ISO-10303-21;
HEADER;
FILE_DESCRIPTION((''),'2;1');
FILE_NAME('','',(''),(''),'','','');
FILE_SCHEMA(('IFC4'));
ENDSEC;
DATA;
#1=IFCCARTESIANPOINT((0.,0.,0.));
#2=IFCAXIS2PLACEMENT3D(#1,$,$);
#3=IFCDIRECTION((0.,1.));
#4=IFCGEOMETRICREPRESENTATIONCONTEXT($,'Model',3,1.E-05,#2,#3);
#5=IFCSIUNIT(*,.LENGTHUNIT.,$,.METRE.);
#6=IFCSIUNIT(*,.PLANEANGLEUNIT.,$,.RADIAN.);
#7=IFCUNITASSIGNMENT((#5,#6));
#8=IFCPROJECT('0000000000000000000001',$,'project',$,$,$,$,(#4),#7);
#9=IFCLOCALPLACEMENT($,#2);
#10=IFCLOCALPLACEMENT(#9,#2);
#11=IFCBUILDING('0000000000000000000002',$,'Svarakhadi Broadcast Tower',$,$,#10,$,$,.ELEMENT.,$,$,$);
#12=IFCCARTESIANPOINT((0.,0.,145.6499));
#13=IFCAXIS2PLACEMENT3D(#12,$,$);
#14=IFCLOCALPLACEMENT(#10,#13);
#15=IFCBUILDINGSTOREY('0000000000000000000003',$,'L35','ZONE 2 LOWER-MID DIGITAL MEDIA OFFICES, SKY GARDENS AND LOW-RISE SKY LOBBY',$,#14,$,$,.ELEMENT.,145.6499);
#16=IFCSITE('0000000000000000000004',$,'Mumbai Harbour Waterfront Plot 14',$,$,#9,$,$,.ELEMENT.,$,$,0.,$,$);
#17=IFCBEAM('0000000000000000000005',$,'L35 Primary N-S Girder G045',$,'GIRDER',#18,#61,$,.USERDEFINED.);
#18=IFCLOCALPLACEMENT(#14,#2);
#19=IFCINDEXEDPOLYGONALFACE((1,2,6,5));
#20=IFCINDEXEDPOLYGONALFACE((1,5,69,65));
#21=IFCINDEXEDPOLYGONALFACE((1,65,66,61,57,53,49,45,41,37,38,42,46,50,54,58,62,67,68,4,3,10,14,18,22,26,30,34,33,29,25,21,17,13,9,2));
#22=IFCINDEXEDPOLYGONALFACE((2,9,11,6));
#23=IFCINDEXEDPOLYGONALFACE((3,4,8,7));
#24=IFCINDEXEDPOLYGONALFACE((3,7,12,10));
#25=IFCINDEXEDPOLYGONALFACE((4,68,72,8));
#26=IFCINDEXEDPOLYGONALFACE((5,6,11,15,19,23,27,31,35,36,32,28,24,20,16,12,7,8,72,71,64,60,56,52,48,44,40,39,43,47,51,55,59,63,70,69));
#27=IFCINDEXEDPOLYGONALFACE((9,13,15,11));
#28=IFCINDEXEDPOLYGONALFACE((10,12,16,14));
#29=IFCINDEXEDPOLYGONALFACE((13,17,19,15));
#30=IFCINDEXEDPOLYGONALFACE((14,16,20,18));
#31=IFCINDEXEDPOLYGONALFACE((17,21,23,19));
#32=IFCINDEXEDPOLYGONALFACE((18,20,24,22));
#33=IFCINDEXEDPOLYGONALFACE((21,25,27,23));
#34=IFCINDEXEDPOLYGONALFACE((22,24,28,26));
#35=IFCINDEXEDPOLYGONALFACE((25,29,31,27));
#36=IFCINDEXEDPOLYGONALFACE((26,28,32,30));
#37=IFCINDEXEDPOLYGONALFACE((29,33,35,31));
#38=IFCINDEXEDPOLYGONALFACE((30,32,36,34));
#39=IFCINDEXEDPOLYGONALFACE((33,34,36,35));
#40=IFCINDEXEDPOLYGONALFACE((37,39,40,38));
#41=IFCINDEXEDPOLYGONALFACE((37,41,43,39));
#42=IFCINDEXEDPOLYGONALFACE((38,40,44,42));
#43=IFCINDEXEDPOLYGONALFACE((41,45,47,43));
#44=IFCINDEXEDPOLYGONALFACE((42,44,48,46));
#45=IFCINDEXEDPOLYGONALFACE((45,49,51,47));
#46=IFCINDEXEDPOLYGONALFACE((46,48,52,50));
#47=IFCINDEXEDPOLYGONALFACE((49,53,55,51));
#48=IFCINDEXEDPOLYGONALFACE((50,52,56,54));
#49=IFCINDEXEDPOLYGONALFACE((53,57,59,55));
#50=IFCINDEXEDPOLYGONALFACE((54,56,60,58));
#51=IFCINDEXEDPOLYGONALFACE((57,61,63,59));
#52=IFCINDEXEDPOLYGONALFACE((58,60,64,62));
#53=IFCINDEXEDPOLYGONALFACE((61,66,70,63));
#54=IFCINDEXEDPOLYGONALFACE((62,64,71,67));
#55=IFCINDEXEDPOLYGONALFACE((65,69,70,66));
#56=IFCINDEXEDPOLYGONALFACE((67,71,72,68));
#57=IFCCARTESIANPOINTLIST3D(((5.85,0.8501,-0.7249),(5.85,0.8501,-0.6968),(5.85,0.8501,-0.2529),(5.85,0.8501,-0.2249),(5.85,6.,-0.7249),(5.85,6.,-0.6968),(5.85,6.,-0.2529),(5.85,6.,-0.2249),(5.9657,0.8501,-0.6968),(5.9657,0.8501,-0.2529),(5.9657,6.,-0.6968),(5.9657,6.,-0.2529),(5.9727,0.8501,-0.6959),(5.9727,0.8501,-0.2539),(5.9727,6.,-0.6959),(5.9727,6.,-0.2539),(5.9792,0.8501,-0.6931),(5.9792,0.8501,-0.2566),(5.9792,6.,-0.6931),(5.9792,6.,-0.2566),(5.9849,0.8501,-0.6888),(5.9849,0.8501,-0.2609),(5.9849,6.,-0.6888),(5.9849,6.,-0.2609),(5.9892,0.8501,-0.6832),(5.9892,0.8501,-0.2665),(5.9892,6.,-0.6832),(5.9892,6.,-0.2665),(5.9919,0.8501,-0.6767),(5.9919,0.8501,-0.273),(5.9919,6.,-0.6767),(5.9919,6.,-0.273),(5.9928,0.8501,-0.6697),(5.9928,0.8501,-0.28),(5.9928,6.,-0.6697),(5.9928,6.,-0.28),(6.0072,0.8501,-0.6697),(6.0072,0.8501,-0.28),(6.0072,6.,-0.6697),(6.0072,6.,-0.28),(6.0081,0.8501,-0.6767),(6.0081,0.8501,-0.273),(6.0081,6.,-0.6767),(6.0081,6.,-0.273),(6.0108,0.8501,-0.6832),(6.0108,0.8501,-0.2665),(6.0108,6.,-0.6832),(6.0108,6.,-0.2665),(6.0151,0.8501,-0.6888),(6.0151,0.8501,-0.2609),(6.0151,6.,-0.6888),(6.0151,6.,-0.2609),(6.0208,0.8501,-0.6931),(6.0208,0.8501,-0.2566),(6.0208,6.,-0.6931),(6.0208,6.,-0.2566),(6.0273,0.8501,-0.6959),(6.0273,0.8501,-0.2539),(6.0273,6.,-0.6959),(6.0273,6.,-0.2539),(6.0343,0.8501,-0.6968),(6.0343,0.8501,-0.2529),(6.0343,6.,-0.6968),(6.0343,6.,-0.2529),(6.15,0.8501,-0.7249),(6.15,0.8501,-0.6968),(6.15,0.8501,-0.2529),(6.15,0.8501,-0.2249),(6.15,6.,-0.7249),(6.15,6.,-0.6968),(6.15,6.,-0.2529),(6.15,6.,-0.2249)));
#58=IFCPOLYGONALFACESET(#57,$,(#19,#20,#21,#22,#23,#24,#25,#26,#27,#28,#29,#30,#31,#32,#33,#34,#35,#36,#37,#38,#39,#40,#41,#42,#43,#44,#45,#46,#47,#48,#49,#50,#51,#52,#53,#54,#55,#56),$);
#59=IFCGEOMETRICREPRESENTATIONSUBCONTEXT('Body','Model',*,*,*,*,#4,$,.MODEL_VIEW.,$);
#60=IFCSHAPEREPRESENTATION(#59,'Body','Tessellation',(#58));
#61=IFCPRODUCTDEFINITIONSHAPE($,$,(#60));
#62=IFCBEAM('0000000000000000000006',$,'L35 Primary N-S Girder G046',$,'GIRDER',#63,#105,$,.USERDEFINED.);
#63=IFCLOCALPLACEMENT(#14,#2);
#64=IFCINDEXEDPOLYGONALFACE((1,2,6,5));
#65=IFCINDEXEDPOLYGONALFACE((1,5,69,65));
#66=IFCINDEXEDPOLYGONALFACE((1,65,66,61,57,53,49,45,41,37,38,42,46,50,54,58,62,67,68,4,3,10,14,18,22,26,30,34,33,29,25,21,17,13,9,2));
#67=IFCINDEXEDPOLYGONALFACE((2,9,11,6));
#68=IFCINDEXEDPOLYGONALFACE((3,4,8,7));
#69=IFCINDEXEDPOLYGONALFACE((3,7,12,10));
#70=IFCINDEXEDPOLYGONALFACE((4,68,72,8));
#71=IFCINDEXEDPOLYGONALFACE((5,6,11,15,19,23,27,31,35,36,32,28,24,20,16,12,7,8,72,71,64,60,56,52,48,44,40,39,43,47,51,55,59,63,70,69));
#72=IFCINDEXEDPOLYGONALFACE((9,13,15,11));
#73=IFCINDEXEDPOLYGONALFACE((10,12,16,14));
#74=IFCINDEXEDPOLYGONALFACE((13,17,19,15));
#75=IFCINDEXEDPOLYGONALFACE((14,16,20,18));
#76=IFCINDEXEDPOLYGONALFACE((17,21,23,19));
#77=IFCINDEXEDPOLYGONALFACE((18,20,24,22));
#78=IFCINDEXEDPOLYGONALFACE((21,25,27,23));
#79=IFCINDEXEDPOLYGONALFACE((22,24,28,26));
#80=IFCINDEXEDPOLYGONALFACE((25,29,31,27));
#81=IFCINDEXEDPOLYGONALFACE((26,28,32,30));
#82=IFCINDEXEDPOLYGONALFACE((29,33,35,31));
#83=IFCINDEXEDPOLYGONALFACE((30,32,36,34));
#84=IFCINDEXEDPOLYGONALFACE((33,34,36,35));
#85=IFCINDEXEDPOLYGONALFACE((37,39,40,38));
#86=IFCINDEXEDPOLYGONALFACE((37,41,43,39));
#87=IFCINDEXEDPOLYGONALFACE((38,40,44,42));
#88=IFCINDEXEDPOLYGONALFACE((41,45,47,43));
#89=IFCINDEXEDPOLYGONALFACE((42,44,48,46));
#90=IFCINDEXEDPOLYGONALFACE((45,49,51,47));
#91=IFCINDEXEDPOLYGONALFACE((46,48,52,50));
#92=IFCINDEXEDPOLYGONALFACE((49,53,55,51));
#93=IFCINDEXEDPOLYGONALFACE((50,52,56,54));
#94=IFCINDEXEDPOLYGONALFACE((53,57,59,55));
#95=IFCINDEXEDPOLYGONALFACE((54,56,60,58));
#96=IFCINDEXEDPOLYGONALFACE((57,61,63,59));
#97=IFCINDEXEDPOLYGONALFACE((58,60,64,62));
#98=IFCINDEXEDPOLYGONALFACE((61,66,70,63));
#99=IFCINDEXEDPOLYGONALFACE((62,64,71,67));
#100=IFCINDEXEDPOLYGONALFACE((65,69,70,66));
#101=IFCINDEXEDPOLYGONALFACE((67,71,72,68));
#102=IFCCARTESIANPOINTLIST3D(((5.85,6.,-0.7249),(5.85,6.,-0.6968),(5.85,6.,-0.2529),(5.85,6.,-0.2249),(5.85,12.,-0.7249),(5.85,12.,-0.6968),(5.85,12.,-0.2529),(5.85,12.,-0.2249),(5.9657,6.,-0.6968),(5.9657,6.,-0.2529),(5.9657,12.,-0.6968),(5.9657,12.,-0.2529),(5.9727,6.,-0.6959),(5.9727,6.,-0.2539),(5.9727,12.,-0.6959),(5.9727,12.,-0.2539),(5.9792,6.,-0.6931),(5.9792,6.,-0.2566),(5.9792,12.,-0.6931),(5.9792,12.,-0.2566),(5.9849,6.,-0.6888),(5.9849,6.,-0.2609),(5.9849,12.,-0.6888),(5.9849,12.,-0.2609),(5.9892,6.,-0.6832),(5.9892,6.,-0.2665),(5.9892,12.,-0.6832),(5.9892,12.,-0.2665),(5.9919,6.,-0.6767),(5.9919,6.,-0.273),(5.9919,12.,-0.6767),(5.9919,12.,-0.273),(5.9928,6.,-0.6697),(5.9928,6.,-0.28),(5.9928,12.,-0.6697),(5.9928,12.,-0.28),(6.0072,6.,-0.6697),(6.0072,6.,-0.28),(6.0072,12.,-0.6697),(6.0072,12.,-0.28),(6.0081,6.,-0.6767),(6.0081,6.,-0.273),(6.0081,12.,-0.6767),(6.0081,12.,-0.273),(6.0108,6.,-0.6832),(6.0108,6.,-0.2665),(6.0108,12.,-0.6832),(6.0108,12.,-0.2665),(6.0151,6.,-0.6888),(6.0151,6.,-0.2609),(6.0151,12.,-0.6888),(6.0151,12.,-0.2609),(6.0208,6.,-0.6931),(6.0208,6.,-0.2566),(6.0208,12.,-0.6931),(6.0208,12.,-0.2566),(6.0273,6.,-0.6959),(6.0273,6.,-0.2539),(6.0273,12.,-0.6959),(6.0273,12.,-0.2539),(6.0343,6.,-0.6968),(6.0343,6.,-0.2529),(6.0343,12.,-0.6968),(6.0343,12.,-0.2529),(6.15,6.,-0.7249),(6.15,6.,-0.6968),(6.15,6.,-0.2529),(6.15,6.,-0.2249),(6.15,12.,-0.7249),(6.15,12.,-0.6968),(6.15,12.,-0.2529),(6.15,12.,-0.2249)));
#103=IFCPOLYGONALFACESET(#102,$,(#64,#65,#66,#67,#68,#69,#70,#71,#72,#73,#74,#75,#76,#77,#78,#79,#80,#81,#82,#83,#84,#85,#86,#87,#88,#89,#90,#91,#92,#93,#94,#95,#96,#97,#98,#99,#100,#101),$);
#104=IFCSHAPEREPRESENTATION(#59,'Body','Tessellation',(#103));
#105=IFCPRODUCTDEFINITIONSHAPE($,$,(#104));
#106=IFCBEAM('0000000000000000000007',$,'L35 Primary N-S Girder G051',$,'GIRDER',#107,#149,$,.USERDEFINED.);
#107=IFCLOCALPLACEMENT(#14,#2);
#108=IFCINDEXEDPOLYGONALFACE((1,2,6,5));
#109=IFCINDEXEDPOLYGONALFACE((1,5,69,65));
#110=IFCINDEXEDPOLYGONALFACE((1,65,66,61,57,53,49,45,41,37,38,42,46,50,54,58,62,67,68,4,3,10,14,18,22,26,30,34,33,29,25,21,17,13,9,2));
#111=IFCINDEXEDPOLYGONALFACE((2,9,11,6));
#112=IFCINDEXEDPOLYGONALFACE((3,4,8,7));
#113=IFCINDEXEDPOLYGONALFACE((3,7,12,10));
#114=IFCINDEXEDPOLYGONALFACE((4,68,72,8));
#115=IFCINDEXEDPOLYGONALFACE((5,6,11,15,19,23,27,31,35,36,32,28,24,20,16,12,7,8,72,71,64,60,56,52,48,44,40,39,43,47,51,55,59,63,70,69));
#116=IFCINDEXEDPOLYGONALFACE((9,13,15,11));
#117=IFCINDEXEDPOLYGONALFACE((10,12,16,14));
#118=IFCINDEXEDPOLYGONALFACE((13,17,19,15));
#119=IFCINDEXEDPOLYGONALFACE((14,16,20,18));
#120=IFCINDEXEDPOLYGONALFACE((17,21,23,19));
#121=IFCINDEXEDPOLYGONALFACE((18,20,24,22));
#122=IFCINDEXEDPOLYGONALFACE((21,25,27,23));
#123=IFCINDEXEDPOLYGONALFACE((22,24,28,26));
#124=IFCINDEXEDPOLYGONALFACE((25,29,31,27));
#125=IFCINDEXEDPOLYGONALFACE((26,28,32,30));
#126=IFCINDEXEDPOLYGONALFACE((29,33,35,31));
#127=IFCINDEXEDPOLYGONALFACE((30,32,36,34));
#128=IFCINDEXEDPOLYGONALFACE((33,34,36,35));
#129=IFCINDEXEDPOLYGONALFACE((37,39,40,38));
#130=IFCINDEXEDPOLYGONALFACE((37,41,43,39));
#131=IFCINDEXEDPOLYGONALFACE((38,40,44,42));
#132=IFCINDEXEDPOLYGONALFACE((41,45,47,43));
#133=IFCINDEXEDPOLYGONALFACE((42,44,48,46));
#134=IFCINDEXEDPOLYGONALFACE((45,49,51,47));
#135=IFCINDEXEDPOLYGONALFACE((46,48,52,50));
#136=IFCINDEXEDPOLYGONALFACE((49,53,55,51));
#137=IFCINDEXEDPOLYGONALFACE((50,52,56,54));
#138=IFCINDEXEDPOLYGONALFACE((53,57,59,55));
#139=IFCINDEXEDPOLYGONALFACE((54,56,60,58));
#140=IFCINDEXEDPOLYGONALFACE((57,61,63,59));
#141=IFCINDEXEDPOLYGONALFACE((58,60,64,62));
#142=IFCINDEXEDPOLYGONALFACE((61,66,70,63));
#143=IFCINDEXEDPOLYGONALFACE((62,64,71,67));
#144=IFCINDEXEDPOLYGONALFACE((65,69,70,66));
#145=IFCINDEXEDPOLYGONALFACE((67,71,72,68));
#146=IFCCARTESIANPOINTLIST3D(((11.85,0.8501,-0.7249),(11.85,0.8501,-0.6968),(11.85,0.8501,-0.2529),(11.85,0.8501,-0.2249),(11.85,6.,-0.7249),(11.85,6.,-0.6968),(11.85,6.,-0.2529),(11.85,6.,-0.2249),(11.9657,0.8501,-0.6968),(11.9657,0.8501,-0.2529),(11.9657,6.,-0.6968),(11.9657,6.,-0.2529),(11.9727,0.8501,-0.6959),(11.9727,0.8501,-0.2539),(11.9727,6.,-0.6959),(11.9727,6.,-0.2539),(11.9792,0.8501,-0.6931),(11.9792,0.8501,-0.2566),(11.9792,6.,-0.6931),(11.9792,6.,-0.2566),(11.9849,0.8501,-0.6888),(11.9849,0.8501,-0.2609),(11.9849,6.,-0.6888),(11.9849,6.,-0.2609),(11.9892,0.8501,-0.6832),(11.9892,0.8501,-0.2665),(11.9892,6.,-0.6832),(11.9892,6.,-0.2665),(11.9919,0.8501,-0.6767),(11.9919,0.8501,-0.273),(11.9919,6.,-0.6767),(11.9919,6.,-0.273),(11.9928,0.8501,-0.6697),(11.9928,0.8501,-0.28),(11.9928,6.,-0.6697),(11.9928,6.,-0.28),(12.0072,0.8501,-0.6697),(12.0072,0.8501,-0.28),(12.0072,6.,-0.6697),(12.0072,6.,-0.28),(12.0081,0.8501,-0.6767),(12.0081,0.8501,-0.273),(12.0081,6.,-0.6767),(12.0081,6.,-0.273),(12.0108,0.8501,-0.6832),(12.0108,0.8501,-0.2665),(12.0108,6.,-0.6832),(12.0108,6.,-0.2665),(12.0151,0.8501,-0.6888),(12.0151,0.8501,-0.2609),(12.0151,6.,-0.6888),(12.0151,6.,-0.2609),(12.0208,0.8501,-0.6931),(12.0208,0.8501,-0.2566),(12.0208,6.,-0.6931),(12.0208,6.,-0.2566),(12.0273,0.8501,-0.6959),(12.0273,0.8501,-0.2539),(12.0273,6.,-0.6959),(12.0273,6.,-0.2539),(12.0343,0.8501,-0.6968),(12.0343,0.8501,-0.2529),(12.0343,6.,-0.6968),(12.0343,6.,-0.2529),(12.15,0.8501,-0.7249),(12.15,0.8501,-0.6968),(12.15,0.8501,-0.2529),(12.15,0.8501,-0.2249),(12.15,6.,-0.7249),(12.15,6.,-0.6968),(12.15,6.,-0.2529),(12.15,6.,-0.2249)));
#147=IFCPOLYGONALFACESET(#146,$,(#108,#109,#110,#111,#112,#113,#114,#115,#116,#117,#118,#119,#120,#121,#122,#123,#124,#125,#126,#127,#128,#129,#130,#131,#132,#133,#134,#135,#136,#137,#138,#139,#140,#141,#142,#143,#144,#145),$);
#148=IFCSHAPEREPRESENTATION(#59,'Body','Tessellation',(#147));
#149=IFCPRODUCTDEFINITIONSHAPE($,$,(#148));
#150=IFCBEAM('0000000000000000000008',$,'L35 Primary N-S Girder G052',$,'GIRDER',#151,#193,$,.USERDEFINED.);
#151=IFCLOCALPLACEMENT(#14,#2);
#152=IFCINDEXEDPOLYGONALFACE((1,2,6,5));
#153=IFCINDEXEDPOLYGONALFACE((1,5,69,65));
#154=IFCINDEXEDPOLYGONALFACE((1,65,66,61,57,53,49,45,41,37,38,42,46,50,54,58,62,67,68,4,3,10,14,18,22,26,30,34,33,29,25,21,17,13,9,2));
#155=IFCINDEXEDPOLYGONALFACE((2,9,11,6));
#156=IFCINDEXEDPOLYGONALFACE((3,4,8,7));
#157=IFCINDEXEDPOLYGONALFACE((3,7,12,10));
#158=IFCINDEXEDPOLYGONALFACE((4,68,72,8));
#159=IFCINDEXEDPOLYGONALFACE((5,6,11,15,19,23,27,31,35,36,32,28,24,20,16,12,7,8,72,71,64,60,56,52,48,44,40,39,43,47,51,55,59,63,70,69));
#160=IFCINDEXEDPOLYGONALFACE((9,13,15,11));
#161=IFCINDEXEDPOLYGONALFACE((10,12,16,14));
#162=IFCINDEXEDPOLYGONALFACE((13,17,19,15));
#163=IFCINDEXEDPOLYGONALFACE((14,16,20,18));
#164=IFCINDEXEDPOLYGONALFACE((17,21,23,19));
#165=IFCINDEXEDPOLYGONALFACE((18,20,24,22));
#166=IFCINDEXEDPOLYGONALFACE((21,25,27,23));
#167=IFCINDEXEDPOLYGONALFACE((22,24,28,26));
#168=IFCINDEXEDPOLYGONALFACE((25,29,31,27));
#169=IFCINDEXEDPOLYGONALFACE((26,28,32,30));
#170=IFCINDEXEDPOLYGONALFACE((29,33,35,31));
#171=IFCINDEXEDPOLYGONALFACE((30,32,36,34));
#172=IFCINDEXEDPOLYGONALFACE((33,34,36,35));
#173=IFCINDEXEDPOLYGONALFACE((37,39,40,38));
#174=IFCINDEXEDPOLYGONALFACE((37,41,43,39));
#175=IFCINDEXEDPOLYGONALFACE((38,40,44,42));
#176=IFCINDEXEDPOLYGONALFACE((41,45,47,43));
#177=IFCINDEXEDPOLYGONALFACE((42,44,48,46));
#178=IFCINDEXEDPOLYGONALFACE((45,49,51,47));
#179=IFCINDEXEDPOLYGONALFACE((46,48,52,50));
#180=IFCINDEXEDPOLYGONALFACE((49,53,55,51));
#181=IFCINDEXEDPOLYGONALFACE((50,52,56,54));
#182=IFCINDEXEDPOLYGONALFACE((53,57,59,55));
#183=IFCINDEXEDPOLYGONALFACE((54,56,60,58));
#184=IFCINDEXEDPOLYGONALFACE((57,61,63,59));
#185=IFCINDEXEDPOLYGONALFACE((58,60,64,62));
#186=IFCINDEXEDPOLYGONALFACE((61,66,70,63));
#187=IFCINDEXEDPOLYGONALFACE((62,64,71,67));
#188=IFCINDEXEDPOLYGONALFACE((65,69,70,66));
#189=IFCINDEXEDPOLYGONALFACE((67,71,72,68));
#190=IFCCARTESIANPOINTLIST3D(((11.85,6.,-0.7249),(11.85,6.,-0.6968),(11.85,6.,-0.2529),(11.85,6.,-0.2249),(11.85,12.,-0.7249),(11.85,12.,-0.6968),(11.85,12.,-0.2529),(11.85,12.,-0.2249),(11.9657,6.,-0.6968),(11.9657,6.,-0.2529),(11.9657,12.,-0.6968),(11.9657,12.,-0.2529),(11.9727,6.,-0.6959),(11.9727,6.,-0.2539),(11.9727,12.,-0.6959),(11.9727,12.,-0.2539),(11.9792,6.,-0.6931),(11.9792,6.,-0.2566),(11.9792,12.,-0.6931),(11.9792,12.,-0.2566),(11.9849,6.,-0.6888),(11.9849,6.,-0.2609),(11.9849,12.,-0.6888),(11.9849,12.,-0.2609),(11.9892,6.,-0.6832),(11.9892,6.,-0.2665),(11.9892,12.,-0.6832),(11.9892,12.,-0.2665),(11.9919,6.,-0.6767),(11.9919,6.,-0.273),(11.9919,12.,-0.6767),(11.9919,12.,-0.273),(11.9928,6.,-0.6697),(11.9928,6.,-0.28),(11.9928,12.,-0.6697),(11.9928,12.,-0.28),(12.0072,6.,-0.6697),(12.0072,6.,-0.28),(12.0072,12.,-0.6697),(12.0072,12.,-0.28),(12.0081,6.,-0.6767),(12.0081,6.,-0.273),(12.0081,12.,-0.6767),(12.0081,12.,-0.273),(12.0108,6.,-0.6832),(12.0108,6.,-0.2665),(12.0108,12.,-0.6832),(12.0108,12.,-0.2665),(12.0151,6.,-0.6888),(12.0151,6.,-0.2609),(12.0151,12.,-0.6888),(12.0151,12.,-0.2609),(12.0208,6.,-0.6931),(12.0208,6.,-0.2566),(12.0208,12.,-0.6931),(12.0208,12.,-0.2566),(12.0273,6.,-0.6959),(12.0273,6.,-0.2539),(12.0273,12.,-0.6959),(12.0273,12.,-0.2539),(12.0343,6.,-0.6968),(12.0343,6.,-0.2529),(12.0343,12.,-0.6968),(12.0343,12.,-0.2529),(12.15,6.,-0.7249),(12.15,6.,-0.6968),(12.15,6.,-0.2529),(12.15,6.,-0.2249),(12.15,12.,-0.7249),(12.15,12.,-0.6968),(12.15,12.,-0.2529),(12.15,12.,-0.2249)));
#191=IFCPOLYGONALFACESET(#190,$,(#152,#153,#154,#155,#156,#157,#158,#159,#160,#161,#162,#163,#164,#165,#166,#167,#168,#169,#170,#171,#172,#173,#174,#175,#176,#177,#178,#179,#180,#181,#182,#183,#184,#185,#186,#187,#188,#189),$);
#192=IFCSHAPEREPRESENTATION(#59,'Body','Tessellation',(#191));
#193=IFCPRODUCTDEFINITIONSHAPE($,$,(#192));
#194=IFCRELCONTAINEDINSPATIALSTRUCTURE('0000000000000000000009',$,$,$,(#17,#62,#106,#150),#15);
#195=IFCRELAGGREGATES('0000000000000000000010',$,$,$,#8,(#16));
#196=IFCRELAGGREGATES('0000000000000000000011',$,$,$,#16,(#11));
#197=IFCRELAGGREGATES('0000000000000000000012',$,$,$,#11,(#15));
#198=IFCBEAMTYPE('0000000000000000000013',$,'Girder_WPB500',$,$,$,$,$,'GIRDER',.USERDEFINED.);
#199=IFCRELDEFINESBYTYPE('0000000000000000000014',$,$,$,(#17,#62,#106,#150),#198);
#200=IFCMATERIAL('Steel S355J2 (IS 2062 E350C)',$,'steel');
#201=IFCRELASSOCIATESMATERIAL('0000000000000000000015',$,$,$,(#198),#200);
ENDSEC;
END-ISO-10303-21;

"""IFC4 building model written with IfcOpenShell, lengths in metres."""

from ifc_helpers import new_model, si_unit, direction, frame, origin, origin_2d, place, context, subcontext, project, spatial, i_section, extrude, material, material_profile, profile_set, type_object, element, save


model = new_model("IFC4")

# Units and contexts
model_context = context("Model", 3, precision=1e-05, world=origin(), true_north=direction((0.0, 1.0)))
body_context = subcontext(model_context, "Body", "Model", "MODEL_VIEW")
ifc_project = project(units=[si_unit("LENGTHUNIT", "METRE"), si_unit("PLANEANGLEUNIT", "RADIAN")], contexts=[model_context])

# Site, building, storey
site_placement = place(None, origin())
site = spatial("IfcSite", under=ifc_project, at=site_placement, Name="Mumbai Harbour Waterfront Plot 14", CompositionType="ELEMENT", RefElevation=0.0)
building_placement = place(site_placement, origin())
building = spatial("IfcBuilding", under=site, at=building_placement, Name="Svarakhadi Broadcast Tower", CompositionType="ELEMENT")
storey_placement = place(building_placement, frame((0.0, 0.0, 145.6499)))
storey = spatial("IfcBuildingStorey", under=building, at=storey_placement, Name="L35", Description="ZONE 2 LOWER-MID DIGITAL MEDIA OFFICES, SKY GARDENS AND LOW-RISE SKY LOBBY", CompositionType="ELEMENT", Elevation=145.6499)

# Shared definitions
ifc_material_1 = material(Name="Steel S355J2 (IS 2062 E350C)", Category="steel")

# Beams
ifc_material_profile_1 = material_profile(ifc_material_1, i_section(OverallWidth=0.3, OverallDepth=0.5, WebThickness=0.0144, FlangeThickness=0.0281, FilletRadius=0.0271, at=origin_2d()), Name="WPB 500x300x187")
ifc_profile_set_1 = profile_set([ifc_material_profile_1], Name="Steel S355J2 (IS 2062 E350C)")
beam_type_1 = type_object("IfcBeamType", Name="Girder_WPB500", ElementType="GIRDER", PredefinedType="USERDEFINED", material=ifc_profile_set_1)
beam_1_placement = place(storey_placement, frame((6.0, 0.8501, -0.4749), z_axis=(0.0, 1.0, 0.0), x_axis=(-1.0, 0.0, 0.0)))
element("IfcBeam", 1, at=beam_1_placement, inside=storey, type_object=beam_type_1, Name="L35 Primary N-S Girder G045", ObjectType="GIRDER", PredefinedType="USERDEFINED", context=body_context, shape_type="SweptSolid", body=[
    extrude(i_section(OverallWidth=0.3, OverallDepth=0.5, WebThickness=0.0144, FlangeThickness=0.0281, FilletRadius=0.0271, at=origin_2d()), origin(), (0.0, 0.0, 1.0), 5.1499),
])
beam_2_placement = place(storey_placement, frame((6.0, 6.0, -0.4749), z_axis=(0.0, 1.0, 0.0), x_axis=(-1.0, 0.0, 0.0)))
element("IfcBeam", 2, at=beam_2_placement, inside=storey, type_object=beam_type_1, Name="L35 Primary N-S Girder G046", ObjectType="GIRDER", PredefinedType="USERDEFINED", context=body_context, shape_type="SweptSolid", body=[
    extrude(i_section(OverallWidth=0.3, OverallDepth=0.5, WebThickness=0.0144, FlangeThickness=0.0281, FilletRadius=0.0271, at=origin_2d()), origin(), (0.0, 0.0, 1.0), 6.0),
])
beam_3_placement = place(storey_placement, frame((12.0, 0.8501, -0.4749), z_axis=(0.0, 1.0, 0.0), x_axis=(-1.0, 0.0, 0.0)))
element("IfcBeam", 3, at=beam_3_placement, inside=storey, type_object=beam_type_1, Name="L35 Primary N-S Girder G051", ObjectType="GIRDER", PredefinedType="USERDEFINED", context=body_context, shape_type="SweptSolid", body=[
    extrude(i_section(OverallWidth=0.3, OverallDepth=0.5, WebThickness=0.0144, FlangeThickness=0.0281, FilletRadius=0.0271, at=origin_2d()), origin(), (0.0, 0.0, 1.0), 5.1499),
])
beam_4_placement = place(storey_placement, frame((12.0, 6.0, -0.4749), z_axis=(0.0, 1.0, 0.0), x_axis=(-1.0, 0.0, 0.0)))
element("IfcBeam", 4, at=beam_4_placement, inside=storey, type_object=beam_type_1, Name="L35 Primary N-S Girder G052", ObjectType="GIRDER", PredefinedType="USERDEFINED", context=body_context, shape_type="SweptSolid", body=[
    extrude(i_section(OverallWidth=0.3, OverallDepth=0.5, WebThickness=0.0144, FlangeThickness=0.0281, FilletRadius=0.0271, at=origin_2d()), origin(), (0.0, 0.0, 1.0), 6.0),
])

save(model, "model.ifc")
